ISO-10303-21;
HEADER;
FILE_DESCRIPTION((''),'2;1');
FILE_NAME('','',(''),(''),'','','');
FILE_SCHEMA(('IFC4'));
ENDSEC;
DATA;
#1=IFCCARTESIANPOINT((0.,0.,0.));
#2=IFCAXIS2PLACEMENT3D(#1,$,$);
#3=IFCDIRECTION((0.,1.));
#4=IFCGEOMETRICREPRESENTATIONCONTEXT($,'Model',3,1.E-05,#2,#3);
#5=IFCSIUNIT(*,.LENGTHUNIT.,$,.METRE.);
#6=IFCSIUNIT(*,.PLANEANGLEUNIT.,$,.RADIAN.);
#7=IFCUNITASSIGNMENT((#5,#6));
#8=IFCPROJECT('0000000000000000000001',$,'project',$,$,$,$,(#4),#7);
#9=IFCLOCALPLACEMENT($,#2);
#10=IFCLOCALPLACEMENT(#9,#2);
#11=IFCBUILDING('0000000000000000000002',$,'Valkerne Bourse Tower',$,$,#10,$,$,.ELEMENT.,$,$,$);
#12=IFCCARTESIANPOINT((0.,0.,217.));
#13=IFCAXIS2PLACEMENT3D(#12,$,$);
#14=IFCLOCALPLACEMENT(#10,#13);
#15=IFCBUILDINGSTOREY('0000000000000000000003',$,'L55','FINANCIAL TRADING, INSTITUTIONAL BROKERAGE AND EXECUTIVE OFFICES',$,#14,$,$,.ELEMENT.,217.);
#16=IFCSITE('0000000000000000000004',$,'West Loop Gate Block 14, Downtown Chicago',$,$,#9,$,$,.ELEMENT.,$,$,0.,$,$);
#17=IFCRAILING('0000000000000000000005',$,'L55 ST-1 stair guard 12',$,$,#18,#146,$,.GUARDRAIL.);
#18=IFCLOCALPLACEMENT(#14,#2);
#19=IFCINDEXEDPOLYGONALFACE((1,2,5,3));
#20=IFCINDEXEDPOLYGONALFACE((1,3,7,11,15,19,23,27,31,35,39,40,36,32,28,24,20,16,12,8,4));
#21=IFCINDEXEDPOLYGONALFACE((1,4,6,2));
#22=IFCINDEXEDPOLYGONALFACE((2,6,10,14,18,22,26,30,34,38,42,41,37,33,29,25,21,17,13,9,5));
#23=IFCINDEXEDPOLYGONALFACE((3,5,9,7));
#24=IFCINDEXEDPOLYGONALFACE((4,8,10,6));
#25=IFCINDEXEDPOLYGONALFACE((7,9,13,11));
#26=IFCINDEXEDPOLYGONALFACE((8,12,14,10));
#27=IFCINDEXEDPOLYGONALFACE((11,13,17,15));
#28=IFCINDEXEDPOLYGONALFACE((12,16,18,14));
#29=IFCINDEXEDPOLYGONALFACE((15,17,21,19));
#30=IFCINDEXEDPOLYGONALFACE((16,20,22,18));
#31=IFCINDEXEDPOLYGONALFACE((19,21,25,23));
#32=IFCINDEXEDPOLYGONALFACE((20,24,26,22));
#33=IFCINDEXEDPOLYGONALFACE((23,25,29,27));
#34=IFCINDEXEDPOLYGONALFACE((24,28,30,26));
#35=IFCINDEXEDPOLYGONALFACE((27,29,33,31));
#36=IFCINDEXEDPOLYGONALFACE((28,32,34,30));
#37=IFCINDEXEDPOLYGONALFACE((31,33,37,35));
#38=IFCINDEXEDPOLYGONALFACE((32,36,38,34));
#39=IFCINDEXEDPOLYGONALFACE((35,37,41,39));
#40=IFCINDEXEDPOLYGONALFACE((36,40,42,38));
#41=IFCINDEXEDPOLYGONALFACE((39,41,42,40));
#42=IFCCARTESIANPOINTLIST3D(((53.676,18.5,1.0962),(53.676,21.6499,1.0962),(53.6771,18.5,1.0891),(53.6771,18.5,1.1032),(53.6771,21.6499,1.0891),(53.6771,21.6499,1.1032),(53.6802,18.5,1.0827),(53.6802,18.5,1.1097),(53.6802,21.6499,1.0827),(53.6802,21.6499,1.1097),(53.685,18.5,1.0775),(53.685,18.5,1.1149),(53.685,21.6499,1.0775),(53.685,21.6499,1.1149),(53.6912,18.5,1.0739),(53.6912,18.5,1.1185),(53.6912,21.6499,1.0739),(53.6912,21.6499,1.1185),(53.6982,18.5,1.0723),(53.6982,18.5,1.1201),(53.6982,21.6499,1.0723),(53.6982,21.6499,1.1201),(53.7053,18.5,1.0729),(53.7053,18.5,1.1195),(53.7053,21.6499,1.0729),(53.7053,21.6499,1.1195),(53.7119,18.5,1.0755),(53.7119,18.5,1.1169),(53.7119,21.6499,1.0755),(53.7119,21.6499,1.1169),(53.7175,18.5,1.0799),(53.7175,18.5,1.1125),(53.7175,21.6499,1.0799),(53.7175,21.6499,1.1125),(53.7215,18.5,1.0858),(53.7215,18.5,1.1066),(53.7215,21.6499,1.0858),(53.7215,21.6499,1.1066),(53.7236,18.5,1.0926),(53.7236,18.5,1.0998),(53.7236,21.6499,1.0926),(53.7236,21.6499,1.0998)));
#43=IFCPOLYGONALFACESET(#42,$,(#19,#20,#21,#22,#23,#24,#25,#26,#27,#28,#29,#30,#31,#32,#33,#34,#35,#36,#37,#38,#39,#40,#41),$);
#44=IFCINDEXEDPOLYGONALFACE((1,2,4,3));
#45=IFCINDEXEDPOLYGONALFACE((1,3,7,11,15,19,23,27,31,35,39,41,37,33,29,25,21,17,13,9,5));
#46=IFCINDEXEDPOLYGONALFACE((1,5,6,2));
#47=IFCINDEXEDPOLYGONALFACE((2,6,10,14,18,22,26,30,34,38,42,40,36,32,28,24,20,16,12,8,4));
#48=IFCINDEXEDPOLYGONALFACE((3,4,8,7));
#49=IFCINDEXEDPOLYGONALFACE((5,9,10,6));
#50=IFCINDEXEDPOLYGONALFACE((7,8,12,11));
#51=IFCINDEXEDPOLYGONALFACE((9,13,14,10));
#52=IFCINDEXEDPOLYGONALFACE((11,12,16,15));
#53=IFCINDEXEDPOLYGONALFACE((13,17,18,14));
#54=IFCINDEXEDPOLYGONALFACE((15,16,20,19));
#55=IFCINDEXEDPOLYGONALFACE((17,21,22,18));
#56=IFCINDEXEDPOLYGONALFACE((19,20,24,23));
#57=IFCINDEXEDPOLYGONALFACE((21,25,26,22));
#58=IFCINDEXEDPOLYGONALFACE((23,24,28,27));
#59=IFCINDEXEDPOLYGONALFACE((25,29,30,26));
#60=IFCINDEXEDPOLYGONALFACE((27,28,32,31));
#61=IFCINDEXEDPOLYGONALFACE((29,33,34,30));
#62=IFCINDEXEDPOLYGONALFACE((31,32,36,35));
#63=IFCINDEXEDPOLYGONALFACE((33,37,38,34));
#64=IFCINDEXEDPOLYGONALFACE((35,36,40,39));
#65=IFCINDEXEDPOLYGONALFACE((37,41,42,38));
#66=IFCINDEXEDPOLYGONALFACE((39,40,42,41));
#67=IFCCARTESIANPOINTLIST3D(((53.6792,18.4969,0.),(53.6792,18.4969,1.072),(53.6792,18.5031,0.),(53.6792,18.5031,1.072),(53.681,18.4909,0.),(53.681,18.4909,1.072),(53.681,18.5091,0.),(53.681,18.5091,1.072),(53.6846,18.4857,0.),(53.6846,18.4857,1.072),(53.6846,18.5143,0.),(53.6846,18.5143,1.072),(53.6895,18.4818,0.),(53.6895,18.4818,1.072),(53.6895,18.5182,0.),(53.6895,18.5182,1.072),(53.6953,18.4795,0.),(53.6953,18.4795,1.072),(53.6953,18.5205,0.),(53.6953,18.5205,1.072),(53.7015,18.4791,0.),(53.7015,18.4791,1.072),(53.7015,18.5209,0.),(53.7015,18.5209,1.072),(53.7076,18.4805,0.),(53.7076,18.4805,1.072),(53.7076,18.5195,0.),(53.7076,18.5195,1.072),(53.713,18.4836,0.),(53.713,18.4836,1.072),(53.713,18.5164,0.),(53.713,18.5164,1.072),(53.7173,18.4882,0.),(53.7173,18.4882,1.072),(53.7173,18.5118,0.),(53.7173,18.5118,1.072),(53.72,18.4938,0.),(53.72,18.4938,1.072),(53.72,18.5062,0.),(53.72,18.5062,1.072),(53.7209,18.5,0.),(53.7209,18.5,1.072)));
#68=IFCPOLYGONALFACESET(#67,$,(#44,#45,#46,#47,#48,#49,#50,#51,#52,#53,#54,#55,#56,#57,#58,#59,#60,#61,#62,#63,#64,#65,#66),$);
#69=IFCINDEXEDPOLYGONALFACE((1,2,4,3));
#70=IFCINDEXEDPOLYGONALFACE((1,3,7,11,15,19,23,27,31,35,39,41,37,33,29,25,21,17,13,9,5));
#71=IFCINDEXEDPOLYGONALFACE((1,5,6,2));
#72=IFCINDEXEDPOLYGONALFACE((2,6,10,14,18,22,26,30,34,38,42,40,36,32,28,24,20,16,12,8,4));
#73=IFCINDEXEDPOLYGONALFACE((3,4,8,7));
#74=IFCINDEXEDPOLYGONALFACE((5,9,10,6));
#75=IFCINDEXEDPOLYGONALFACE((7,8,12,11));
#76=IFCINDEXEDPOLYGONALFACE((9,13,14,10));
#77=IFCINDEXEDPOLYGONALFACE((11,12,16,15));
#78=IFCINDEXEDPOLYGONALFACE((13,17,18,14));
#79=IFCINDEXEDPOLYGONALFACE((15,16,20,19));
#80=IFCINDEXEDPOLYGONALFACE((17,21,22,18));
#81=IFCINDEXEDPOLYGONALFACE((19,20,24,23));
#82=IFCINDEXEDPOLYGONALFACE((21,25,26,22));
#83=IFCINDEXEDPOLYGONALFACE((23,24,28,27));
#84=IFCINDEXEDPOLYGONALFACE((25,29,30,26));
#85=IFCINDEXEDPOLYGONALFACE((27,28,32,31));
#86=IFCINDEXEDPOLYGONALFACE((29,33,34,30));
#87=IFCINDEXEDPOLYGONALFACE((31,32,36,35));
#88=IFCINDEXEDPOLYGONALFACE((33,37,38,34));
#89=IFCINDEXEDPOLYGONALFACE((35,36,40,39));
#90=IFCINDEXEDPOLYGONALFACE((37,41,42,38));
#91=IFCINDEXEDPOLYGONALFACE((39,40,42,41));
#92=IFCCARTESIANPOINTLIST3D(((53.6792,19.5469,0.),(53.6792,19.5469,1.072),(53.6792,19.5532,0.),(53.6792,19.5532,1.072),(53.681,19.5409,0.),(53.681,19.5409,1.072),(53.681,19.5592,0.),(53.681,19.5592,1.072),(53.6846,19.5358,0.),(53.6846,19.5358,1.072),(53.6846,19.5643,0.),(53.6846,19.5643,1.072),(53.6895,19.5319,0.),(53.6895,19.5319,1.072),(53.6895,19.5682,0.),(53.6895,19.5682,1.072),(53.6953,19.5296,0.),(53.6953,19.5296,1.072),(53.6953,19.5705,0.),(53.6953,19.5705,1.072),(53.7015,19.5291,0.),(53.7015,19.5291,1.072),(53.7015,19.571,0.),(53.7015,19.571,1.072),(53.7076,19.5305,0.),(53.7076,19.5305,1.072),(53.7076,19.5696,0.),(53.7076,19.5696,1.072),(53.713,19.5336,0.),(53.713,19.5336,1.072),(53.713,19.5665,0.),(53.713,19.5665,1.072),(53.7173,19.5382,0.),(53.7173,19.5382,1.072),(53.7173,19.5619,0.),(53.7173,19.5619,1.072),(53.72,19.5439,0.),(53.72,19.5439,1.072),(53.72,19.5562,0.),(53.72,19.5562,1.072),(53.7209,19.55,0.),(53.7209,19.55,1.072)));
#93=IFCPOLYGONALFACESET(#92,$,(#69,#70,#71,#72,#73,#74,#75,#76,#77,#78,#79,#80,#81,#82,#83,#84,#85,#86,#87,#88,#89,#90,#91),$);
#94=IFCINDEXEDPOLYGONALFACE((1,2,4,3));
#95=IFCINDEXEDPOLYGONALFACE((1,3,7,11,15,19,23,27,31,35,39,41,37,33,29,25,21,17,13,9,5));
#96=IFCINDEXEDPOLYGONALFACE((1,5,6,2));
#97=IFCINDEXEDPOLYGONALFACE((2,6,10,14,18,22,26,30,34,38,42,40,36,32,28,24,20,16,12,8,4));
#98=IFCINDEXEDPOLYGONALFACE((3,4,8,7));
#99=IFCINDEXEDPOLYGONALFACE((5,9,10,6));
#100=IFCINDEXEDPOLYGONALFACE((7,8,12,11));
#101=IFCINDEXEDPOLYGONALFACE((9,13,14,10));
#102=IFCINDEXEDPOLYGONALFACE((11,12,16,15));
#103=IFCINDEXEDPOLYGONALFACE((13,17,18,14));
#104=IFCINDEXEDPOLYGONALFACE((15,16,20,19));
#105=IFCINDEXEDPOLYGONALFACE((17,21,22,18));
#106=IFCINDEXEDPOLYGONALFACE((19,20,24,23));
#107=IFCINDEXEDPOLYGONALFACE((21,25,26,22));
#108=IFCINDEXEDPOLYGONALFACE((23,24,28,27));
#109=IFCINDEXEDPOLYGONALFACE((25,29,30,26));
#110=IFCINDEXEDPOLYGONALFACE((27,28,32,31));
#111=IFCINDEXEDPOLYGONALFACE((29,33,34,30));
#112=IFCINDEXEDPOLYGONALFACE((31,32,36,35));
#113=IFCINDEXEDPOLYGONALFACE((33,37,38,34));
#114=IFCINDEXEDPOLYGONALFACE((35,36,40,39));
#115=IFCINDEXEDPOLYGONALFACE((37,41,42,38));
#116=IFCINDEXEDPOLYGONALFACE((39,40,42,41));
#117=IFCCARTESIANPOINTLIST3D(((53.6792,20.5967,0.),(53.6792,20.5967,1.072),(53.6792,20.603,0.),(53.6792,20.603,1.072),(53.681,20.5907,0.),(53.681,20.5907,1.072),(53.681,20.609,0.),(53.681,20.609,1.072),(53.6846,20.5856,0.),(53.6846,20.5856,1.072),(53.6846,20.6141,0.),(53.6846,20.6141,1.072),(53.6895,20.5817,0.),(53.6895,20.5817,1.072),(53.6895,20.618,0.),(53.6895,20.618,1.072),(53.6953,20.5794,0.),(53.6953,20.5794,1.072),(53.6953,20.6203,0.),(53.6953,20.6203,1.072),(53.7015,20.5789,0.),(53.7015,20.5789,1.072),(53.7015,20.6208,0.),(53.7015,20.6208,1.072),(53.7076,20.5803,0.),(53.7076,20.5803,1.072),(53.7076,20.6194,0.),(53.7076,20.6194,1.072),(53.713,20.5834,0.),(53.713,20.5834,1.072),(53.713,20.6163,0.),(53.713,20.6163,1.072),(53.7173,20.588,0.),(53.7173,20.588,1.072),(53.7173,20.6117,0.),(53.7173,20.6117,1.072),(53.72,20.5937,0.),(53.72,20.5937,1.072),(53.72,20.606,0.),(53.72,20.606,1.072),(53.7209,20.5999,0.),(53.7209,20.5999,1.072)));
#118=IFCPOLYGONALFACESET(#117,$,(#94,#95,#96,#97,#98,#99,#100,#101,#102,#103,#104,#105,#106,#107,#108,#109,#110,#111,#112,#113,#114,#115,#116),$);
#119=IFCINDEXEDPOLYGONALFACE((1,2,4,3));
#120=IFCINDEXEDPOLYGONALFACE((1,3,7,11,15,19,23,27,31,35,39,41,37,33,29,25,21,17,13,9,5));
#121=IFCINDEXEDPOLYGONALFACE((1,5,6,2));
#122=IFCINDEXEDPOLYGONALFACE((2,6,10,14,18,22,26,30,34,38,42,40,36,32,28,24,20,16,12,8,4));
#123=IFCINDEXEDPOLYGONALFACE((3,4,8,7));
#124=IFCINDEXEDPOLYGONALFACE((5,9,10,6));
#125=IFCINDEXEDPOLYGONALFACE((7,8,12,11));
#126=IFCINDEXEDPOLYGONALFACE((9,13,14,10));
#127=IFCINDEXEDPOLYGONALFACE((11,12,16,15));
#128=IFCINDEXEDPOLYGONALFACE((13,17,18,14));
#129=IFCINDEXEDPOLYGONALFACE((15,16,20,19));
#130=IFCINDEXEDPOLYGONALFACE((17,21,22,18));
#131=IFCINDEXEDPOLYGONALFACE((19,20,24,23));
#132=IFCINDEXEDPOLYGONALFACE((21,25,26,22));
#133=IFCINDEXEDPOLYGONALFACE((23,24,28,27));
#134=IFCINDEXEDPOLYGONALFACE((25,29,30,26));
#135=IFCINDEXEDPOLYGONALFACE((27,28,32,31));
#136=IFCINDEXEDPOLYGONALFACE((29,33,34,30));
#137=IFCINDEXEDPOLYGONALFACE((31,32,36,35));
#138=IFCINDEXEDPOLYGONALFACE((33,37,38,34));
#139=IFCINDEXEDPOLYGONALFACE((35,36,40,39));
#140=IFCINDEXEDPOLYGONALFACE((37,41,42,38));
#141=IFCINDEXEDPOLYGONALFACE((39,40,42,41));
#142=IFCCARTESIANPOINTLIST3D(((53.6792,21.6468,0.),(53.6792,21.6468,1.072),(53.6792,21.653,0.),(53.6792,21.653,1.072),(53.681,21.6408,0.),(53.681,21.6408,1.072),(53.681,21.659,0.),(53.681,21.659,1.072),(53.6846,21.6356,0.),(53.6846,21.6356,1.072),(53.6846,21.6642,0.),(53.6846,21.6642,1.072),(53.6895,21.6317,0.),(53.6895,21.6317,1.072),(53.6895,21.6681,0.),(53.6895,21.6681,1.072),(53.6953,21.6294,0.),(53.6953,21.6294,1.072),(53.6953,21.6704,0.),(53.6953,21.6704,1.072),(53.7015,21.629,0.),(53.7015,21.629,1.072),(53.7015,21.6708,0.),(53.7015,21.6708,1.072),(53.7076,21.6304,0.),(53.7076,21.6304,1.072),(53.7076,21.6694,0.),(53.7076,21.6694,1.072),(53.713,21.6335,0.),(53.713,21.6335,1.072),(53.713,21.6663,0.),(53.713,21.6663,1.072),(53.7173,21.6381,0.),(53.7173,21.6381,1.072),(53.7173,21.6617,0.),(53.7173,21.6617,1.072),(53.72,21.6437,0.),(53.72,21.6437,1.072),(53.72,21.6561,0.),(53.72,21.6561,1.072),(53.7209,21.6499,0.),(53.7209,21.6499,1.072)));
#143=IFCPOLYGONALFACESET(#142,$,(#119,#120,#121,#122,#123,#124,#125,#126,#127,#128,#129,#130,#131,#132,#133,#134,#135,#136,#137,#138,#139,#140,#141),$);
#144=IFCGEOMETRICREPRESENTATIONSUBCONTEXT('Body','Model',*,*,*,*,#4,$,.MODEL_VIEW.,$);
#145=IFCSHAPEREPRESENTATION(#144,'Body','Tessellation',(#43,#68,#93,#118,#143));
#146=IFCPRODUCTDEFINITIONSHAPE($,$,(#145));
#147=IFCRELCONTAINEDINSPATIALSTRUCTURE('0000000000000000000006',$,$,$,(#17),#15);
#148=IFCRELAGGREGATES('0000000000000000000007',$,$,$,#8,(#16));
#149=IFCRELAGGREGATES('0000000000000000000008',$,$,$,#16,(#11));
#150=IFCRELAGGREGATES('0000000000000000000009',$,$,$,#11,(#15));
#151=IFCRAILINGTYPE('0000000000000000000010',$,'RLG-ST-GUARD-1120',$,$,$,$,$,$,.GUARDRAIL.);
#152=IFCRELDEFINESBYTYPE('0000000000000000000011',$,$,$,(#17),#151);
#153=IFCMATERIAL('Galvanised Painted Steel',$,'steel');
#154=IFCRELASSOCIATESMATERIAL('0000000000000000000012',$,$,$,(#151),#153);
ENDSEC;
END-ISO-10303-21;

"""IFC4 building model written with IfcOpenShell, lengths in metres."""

from ifc_helpers import new_model, si_unit, direction, frame, origin, origin_2d, place, context, subcontext, project, spatial, circle, extrude, material, type_object, element, save


model = new_model("IFC4")

# Units and contexts
model_context = context("Model", 3, precision=1e-05, world=origin(), true_north=direction((0.0, 1.0)))
body_context = subcontext(model_context, "Body", "Model", "MODEL_VIEW")
ifc_project = project(units=[si_unit("LENGTHUNIT", "METRE"), si_unit("PLANEANGLEUNIT", "RADIAN")], contexts=[model_context])

# Site, building, storey
site_placement = place(None, origin())
site = spatial("IfcSite", under=ifc_project, at=site_placement, Name="West Loop Gate Block 14, Downtown Chicago", CompositionType="ELEMENT", RefElevation=0.0)
building_placement = place(site_placement, origin())
building = spatial("IfcBuilding", under=site, at=building_placement, Name="Valkerne Bourse Tower", CompositionType="ELEMENT")
storey_placement = place(building_placement, frame((0.0, 0.0, 217.0)))
storey = spatial("IfcBuildingStorey", under=building, at=storey_placement, Name="L55", Description="FINANCIAL TRADING, INSTITUTIONAL BROKERAGE AND EXECUTIVE OFFICES", CompositionType="ELEMENT", Elevation=217.0)

# Railing
ifc_material_1 = material(Name="Galvanised Painted Steel", Category="steel")
railing_type = type_object("IfcRailingType", Name="RLG-ST-GUARD-1120", PredefinedType="GUARDRAIL", material=ifc_material_1)
railing_1_placement = place(storey_placement, frame((53.7, 18.5, 0.0)))
element("IfcRailing", 1, at=railing_1_placement, inside=storey, type_object=railing_type, Name="L55 ST-1 stair guard 12", PredefinedType="GUARDRAIL", context=body_context, shape_type="SweptSolid", body=[
    extrude(circle(Radius=0.0239, at=origin_2d()), frame((0.0, 0.0, 1.0962), z_axis=(0.0, 1.0, 0.0), x_axis=(-1.0, 0.0, 0.0)), (0.0, 0.0, 1.0), 3.1499),
    extrude(circle(Radius=0.021, at=origin_2d()), origin(), (0.0, 0.0, 1.0), 1.072),
    extrude(circle(Radius=0.021, at=origin_2d()), frame((0.0, 1.05, 0.0)), (0.0, 0.0, 1.0), 1.072),
    extrude(circle(Radius=0.021, at=origin_2d()), frame((0.0, 2.0999, 0.0)), (0.0, 0.0, 1.0), 1.072),
    extrude(circle(Radius=0.021, at=origin_2d()), frame((0.0, 3.1499, 0.0)), (0.0, 0.0, 1.0), 1.072),
])

save(model, "model.ifc")
